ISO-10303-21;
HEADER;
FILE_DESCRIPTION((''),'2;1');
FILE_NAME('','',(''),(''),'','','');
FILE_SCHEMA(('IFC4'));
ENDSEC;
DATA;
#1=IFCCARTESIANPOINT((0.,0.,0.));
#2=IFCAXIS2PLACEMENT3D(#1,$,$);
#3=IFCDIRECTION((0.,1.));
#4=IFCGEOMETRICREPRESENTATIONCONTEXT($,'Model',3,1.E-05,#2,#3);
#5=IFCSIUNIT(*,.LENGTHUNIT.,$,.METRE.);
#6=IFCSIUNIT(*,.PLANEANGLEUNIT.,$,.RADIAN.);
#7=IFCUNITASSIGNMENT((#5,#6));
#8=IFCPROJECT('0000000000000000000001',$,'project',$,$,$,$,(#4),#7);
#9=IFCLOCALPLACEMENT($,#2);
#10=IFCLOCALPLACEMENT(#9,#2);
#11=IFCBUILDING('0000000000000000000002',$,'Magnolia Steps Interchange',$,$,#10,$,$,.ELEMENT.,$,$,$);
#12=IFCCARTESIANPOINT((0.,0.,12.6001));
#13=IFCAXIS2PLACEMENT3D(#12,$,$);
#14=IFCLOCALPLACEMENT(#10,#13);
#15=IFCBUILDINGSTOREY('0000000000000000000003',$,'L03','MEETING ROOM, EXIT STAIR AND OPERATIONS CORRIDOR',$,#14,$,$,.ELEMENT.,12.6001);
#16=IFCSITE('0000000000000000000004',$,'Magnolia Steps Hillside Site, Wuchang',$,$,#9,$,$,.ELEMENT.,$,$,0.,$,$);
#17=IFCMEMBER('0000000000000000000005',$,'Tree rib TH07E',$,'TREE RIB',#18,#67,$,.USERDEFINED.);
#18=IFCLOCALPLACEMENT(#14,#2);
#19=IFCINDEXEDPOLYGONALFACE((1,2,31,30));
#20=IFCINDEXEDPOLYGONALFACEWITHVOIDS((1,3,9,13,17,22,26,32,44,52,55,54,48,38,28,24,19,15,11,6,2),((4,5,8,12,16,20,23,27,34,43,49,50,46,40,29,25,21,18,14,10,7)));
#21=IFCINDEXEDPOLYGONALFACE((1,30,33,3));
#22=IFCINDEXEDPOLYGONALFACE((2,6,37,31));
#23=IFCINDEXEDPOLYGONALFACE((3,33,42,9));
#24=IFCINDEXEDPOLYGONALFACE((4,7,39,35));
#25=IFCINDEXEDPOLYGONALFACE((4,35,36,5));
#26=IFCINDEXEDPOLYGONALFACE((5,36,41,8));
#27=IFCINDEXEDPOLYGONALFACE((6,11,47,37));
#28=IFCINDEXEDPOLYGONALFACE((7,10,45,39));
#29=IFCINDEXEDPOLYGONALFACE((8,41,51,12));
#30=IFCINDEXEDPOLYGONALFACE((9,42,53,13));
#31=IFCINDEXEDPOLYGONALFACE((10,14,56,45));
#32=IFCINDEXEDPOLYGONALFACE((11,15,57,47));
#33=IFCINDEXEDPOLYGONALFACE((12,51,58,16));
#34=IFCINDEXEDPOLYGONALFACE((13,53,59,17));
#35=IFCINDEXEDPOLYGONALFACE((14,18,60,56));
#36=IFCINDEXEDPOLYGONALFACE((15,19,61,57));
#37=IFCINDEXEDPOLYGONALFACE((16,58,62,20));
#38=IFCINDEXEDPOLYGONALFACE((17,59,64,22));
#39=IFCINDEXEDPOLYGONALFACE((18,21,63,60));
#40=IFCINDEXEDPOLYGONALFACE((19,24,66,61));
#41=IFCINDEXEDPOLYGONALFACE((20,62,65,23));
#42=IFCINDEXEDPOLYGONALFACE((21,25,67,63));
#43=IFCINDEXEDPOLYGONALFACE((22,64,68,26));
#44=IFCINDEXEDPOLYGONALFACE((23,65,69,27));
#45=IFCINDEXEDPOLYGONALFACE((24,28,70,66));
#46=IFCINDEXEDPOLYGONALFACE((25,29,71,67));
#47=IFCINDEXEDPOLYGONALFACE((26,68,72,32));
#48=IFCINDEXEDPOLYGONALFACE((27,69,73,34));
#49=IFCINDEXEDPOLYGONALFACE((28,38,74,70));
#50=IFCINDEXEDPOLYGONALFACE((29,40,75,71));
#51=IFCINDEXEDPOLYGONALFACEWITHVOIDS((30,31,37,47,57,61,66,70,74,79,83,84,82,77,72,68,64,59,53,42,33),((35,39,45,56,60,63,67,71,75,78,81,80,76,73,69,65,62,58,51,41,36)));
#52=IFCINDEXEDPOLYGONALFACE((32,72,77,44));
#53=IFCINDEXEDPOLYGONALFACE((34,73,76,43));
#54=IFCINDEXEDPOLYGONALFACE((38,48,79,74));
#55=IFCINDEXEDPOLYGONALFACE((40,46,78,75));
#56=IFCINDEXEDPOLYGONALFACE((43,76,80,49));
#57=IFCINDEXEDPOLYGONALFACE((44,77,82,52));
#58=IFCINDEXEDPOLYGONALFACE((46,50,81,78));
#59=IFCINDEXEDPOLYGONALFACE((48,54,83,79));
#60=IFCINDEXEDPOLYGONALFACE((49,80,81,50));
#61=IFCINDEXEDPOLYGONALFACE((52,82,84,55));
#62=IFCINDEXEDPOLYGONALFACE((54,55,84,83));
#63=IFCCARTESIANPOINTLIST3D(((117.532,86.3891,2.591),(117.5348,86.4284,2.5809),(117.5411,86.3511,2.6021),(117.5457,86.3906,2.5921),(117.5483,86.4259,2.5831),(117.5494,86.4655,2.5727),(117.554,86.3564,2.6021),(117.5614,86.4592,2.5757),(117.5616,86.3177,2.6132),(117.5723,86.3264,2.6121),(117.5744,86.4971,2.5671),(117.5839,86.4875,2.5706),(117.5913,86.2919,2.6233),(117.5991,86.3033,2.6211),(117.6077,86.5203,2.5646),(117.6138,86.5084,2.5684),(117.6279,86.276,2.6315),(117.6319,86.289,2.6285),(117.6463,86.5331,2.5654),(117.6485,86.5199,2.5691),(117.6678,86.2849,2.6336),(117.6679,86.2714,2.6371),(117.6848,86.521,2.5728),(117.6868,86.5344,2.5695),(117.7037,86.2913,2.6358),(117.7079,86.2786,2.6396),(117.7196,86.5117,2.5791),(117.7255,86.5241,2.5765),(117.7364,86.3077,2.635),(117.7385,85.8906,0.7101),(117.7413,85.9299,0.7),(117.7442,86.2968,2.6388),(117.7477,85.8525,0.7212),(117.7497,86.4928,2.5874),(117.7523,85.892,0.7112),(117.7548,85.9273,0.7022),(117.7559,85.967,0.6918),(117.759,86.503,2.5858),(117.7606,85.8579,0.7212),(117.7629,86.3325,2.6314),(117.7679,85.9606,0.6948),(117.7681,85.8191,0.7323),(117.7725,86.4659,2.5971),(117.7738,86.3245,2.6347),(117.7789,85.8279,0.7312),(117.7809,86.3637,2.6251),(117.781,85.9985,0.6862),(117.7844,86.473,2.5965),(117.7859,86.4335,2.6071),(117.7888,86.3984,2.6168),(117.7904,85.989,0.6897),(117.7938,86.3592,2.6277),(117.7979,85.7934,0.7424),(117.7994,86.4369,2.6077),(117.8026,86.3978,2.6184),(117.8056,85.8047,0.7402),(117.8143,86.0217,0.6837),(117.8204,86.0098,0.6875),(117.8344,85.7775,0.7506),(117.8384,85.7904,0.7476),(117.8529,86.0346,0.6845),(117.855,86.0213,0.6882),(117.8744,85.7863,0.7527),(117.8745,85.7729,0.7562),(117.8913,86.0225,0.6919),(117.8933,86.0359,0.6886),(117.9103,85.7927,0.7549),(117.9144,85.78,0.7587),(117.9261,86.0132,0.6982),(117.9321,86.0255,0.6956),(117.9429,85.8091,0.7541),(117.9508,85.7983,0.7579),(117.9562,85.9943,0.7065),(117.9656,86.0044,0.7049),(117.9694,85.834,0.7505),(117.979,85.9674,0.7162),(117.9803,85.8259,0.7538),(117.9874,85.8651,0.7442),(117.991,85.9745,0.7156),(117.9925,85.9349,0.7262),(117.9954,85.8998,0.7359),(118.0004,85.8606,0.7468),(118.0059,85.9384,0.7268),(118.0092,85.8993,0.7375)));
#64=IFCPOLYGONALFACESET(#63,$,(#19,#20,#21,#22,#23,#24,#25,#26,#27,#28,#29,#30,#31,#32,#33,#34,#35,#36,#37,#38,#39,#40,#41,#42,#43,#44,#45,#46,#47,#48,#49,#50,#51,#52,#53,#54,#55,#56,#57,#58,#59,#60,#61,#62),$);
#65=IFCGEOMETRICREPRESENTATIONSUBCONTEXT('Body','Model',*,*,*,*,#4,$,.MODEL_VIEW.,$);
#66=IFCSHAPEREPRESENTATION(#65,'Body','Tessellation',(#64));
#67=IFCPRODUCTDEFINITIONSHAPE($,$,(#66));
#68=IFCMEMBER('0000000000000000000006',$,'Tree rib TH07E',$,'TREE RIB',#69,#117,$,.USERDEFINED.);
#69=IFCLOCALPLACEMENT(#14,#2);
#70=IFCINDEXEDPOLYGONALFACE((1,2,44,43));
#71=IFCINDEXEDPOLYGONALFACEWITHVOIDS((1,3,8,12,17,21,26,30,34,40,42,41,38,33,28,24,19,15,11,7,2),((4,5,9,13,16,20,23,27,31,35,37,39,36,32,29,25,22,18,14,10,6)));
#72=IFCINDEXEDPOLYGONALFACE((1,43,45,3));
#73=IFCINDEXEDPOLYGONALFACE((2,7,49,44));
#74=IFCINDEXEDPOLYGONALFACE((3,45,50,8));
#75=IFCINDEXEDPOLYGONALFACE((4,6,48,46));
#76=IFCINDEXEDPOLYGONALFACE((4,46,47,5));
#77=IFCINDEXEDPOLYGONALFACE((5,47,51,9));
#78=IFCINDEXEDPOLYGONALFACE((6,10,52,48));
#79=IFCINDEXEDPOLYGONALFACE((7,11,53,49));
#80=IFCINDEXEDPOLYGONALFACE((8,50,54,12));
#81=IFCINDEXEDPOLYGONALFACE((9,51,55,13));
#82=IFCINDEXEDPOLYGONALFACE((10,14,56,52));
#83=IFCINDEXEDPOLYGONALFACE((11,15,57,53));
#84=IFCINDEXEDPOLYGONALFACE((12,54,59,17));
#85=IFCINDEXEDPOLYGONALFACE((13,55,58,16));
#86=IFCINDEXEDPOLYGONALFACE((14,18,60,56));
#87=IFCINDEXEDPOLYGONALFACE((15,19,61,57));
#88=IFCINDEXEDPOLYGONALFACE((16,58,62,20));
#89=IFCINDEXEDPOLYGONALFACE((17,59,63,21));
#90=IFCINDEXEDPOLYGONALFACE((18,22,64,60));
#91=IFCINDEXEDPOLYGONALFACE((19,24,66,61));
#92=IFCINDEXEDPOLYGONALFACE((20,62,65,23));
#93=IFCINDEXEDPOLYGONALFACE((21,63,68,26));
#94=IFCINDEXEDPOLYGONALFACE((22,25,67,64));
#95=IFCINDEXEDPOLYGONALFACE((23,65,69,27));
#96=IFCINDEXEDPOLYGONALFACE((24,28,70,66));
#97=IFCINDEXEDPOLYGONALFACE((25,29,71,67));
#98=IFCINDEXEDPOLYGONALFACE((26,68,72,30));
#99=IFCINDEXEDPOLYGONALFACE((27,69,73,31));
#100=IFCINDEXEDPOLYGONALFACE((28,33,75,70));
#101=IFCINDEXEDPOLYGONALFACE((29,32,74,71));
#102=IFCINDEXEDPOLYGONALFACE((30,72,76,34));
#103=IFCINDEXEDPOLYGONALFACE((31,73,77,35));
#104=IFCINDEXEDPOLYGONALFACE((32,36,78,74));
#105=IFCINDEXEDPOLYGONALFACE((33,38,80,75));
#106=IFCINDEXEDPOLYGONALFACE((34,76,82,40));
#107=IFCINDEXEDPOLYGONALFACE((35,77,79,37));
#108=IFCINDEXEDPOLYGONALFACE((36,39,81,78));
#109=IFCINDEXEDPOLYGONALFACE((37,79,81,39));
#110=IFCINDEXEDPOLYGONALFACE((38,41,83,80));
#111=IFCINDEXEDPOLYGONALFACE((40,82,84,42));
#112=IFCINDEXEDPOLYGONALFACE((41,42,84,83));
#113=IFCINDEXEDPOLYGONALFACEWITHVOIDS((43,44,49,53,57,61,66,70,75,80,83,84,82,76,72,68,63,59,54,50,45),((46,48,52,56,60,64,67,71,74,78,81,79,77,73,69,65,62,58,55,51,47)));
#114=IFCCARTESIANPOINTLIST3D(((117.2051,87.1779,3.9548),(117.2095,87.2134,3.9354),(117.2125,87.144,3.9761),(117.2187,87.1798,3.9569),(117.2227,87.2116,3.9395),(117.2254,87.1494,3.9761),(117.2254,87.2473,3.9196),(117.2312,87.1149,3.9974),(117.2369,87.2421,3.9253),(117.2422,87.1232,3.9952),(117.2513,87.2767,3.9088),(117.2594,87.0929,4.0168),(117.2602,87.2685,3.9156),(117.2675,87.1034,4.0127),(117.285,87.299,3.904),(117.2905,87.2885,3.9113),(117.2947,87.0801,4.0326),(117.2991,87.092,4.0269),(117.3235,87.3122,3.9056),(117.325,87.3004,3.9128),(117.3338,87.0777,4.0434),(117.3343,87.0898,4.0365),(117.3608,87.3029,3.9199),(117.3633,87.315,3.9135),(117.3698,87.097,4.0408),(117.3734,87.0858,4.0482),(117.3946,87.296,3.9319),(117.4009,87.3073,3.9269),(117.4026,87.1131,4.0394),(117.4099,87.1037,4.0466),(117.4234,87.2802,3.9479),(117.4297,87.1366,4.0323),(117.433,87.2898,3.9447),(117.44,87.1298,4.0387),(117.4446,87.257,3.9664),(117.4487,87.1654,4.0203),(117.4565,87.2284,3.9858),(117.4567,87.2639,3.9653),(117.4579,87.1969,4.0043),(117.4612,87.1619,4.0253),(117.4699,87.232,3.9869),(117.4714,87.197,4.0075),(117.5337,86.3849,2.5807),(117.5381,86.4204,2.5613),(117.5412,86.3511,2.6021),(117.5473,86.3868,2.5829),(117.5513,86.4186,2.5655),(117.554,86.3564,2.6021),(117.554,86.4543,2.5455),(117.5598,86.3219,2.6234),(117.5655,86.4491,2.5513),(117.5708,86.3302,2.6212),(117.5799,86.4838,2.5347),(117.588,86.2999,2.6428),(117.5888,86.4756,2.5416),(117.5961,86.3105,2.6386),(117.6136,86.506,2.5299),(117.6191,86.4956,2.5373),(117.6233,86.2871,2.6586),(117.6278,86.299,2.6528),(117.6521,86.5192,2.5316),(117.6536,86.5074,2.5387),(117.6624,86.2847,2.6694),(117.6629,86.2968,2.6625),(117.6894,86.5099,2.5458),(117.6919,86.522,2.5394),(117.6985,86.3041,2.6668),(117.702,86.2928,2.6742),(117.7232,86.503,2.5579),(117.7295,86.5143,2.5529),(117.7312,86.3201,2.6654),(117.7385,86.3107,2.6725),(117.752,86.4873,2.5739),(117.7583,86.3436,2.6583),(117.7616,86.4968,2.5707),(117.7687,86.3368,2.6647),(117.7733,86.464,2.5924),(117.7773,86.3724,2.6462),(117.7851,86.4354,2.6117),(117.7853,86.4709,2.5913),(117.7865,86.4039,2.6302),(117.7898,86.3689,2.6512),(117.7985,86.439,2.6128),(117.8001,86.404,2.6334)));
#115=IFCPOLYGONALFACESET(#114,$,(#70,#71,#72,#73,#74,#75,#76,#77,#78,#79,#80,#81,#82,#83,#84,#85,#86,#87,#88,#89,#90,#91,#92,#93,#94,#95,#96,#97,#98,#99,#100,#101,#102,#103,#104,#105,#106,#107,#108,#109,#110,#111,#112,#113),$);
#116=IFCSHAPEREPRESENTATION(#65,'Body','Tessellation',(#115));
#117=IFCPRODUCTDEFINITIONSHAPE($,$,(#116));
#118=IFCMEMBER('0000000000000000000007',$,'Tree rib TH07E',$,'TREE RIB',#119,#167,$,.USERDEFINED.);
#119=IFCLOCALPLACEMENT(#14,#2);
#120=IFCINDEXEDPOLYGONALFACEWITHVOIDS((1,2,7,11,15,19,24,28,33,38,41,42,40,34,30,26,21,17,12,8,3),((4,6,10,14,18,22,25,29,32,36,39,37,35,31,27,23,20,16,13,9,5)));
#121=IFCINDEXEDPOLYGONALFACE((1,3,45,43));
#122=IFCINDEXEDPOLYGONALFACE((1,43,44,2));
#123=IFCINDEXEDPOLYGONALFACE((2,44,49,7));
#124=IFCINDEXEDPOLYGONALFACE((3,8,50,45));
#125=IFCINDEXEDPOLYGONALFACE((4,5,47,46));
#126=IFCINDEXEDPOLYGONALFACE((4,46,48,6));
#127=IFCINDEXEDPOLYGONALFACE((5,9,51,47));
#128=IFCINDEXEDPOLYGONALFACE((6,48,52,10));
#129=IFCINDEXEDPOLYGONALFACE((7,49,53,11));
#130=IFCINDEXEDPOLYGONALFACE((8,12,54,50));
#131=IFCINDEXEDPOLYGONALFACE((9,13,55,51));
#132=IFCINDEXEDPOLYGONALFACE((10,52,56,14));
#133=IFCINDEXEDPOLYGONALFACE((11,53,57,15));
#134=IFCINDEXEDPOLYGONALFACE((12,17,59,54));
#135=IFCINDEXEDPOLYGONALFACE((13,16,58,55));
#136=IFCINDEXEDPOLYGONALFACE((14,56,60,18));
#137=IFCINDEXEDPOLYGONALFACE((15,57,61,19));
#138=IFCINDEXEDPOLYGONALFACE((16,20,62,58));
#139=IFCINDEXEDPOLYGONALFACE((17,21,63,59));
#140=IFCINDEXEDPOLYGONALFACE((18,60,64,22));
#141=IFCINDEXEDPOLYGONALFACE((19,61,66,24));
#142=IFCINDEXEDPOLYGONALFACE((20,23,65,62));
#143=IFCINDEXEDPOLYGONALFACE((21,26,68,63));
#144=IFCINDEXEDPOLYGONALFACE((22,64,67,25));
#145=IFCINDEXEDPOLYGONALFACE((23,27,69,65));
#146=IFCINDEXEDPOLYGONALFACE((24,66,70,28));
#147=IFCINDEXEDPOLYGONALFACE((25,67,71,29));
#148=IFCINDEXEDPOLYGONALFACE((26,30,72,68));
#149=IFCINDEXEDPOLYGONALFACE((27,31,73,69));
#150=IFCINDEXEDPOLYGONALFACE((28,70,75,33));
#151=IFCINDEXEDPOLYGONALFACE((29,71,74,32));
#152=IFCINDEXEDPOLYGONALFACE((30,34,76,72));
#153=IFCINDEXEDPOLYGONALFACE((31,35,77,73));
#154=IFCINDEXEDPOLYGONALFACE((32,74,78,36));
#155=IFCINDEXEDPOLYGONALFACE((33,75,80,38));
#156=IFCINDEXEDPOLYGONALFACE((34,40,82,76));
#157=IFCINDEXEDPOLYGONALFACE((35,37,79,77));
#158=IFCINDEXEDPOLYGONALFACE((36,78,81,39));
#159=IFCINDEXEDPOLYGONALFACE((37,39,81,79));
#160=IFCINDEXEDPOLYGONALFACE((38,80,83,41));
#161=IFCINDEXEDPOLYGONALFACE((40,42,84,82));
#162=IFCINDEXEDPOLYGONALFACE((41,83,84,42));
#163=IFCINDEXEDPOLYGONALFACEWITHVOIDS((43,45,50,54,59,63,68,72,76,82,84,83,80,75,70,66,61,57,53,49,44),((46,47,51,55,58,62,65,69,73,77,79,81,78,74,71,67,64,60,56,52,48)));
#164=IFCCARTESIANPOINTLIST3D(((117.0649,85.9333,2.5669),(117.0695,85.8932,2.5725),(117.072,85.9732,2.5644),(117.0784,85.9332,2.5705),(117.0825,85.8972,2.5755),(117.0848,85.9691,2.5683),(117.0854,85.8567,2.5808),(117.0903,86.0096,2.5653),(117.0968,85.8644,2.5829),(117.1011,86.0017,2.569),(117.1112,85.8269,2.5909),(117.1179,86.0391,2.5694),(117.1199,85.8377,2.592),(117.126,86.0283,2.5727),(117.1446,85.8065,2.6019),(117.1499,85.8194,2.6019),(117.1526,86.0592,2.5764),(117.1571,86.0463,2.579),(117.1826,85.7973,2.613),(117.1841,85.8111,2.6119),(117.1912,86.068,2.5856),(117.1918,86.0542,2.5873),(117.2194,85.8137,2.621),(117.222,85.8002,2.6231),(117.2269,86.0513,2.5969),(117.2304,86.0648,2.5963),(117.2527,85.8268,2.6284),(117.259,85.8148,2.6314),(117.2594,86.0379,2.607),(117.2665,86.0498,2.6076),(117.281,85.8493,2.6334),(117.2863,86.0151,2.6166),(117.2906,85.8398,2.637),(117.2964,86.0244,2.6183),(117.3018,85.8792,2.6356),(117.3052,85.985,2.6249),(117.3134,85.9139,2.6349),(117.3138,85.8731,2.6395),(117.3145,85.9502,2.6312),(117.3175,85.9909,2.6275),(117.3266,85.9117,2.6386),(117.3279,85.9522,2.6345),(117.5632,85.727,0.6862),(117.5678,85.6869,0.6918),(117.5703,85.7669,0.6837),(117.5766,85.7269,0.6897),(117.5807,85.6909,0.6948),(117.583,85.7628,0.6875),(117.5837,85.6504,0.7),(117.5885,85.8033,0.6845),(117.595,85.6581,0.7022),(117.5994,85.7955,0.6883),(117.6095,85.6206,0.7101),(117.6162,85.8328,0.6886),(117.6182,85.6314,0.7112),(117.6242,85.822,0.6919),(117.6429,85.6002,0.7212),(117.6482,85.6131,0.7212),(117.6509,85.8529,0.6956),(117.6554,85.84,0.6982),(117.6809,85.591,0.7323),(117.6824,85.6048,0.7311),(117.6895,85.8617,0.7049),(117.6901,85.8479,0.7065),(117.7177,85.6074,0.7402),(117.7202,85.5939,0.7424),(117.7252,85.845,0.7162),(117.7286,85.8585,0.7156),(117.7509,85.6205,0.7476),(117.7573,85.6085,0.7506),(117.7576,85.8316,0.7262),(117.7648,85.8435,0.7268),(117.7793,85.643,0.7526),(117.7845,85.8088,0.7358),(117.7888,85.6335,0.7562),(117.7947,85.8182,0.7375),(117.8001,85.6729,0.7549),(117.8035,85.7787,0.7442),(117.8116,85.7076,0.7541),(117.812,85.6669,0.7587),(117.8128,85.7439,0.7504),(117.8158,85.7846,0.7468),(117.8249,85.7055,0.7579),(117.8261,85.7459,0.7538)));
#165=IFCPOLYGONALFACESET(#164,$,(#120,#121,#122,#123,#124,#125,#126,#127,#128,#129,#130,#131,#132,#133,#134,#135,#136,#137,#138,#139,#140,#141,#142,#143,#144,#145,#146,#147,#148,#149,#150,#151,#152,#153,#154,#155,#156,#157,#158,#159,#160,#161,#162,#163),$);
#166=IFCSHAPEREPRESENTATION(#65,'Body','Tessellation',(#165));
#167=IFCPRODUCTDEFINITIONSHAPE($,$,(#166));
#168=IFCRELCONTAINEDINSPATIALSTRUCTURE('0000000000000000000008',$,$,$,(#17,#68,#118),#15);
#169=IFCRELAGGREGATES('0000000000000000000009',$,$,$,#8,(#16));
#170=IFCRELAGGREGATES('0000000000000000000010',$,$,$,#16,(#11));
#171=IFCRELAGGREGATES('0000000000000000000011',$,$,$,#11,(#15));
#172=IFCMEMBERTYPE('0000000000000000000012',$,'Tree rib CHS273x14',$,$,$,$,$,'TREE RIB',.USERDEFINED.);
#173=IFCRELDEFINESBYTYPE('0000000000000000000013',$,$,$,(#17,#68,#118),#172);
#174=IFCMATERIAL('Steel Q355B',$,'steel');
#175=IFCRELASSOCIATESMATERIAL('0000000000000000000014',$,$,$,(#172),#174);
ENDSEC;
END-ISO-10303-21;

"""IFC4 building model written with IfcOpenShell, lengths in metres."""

from ifc_helpers import new_model, si_unit, direction, frame, origin, origin_2d, place, context, subcontext, project, spatial, hollow_circle, extrude, material, material_profile, profile_set, type_object, element, save


model = new_model("IFC4")

# Units and contexts
model_context = context("Model", 3, precision=1e-05, world=origin(), true_north=direction((0.0, 1.0)))
body_context = subcontext(model_context, "Body", "Model", "MODEL_VIEW")
ifc_project = project(units=[si_unit("LENGTHUNIT", "METRE"), si_unit("PLANEANGLEUNIT", "RADIAN")], contexts=[model_context])

# Site, building, storey
site_placement = place(None, origin())
site = spatial("IfcSite", under=ifc_project, at=site_placement, Name="Magnolia Steps Hillside Site, Wuchang", CompositionType="ELEMENT", RefElevation=0.0)
building_placement = place(site_placement, origin())
building = spatial("IfcBuilding", under=site, at=building_placement, Name="Magnolia Steps Interchange", CompositionType="ELEMENT")
storey_placement = place(building_placement, frame((0.0, 0.0, 12.6001)))
storey = spatial("IfcBuildingStorey", under=building, at=storey_placement, Name="L03", Description="MEETING ROOM, EXIT STAIR AND OPERATIONS CORRIDOR", CompositionType="ELEMENT", Elevation=12.6001)

# Members
ifc_material_1 = material(Name="Steel Q355B", Category="steel")
ifc_material_profile_1 = material_profile(ifc_material_1, hollow_circle(Radius=0.1365, WallThickness=0.0139, at=origin_2d()), Name="CHS273x14")
ifc_profile_set_1 = profile_set([ifc_material_profile_1], Name="Steel Q355B")
member_type = type_object("IfcMemberType", Name="Tree rib CHS273x14", ElementType="TREE RIB", PredefinedType="USERDEFINED", material=ifc_profile_set_1)
member_1_placement = place(storey_placement, frame((117.8738, 85.9048, 0.7212), z_axis=(-0.105555, 0.254779, 0.961221), x_axis=(-0.923851, -0.382751, 0.0)))
element("IfcMember", 1, at=member_1_placement, inside=storey, type_object=member_type, Name="Tree rib TH07E", ObjectType="TREE RIB", PredefinedType="USERDEFINED", context=body_context, shape_type="SweptSolid", body=[
    extrude(hollow_circle(Radius=0.1365, WallThickness=0.0139, at=origin_2d()), origin(), (0.0, 0.0, 1.0), 1.9568),
])
member_2_placement = place(storey_placement, frame((117.6672, 86.4033, 2.6021), z_axis=(-0.202835, 0.489456, 0.84811), x_axis=(-0.923816, -0.382837, 0.0)))
element("IfcMember", 2, at=member_2_placement, inside=storey, type_object=member_type, Name="Tree rib TH07E", ObjectType="TREE RIB", PredefinedType="USERDEFINED", context=body_context, shape_type="SweptSolid", body=[
    extrude(hollow_circle(Radius=0.1365, WallThickness=0.0139, at=origin_2d()), origin(), (0.0, 0.0, 1.0), 1.6201),
])
member_3_placement = place(storey_placement, frame((117.6951, 85.7263, 0.7212), z_axis=(-0.254665, 0.105435, 0.961264), x_axis=(-0.382525, -0.923945, 0.0)))
element("IfcMember", 3, at=member_3_placement, inside=storey, type_object=member_type, Name="Tree rib TH07E", ObjectType="TREE RIB", PredefinedType="USERDEFINED", context=body_context, shape_type="SweptSolid", body=[
    extrude(hollow_circle(Radius=0.1365, WallThickness=0.0139, at=origin_2d()), origin(), (0.0, 0.0, 1.0), 1.9565),
])

save(model, "model.ifc")
